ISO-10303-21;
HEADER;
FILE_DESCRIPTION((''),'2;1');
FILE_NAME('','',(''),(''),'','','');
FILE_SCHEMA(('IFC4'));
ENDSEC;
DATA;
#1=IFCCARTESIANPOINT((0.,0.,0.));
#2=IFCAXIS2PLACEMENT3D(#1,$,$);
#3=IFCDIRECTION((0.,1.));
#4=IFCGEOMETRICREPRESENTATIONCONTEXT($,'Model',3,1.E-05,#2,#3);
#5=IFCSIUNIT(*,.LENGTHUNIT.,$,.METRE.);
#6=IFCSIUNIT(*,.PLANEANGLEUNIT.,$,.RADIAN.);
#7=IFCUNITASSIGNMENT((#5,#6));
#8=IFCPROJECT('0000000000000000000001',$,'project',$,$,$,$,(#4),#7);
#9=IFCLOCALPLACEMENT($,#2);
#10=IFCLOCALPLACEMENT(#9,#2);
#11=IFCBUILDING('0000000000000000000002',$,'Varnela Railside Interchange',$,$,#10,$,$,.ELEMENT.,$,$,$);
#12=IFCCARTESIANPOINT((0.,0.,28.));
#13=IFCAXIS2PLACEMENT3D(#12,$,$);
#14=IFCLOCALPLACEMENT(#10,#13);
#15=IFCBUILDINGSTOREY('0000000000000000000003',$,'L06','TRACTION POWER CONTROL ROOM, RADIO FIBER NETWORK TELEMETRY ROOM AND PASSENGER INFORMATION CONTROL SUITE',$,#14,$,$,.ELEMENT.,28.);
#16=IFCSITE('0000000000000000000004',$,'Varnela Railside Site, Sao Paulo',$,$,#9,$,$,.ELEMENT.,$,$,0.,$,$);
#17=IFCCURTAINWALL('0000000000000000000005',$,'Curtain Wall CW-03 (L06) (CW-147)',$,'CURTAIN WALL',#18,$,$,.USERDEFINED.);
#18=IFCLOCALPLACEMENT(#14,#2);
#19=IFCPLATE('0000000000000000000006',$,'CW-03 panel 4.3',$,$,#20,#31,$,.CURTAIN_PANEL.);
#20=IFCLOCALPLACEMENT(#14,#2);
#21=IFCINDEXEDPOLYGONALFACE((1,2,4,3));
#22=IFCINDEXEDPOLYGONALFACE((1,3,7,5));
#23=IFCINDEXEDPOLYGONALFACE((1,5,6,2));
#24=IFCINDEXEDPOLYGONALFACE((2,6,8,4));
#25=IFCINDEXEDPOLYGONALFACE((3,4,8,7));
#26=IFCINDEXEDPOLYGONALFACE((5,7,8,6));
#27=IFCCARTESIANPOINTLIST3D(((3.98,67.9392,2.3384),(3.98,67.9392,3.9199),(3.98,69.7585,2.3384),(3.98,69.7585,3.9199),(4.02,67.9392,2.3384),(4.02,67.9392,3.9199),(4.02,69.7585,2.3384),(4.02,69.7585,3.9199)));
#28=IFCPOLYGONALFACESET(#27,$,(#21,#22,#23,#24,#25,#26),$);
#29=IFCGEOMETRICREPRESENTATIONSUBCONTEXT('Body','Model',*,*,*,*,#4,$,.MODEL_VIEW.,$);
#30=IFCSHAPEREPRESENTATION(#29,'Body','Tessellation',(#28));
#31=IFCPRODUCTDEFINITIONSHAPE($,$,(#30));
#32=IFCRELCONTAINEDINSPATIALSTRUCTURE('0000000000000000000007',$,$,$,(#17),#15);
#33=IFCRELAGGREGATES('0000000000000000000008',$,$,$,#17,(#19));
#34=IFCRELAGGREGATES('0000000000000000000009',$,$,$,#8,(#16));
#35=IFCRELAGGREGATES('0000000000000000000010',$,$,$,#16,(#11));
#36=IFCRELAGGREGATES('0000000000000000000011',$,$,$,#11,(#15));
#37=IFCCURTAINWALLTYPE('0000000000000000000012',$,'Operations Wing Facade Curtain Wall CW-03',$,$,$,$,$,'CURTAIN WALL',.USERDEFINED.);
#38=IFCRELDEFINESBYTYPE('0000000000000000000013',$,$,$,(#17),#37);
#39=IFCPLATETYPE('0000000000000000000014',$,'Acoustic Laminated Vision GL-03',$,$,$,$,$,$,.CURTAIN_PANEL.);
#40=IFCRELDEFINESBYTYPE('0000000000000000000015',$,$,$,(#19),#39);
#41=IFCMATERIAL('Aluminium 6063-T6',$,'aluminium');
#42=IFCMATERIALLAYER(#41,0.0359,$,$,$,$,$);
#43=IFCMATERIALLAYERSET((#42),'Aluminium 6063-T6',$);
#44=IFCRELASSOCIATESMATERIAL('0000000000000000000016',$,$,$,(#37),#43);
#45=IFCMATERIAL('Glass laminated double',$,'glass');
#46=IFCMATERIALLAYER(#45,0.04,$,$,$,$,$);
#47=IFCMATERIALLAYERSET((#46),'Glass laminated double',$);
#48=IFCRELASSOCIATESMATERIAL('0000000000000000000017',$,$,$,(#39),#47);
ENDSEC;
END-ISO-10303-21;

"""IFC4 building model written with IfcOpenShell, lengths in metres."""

from ifc_helpers import new_model, si_unit, direction, frame, origin, origin_2d, place, context, subcontext, project, spatial, rectangle, extrude, material, layer, layer_set, type_object, element, aggregate, save


model = new_model("IFC4")

# Units and contexts
model_context = context("Model", 3, precision=1e-05, world=origin(), true_north=direction((0.0, 1.0)))
body_context = subcontext(model_context, "Body", "Model", "MODEL_VIEW")
ifc_project = project(units=[si_unit("LENGTHUNIT", "METRE"), si_unit("PLANEANGLEUNIT", "RADIAN")], contexts=[model_context])

# Site, building, storey
site_placement = place(None, origin())
site = spatial("IfcSite", under=ifc_project, at=site_placement, Name="Varnela Railside Site, Sao Paulo", CompositionType="ELEMENT", RefElevation=0.0)
building_placement = place(site_placement, origin())
building = spatial("IfcBuilding", under=site, at=building_placement, Name="Varnela Railside Interchange", CompositionType="ELEMENT")
storey_placement = place(building_placement, frame((0.0, 0.0, 28.0)))
storey = spatial("IfcBuildingStorey", under=building, at=storey_placement, Name="L06", Description="TRACTION POWER CONTROL ROOM, RADIO FIBER NETWORK TELEMETRY ROOM AND PASSENGER INFORMATION CONTROL SUITE", CompositionType="ELEMENT", Elevation=28.0)

# Curtain wall
ifc_material_1 = material(Name="Aluminium 6063-T6", Category="aluminium")
ifc_layer_1 = layer(ifc_material_1, 0.0359)
ifc_layer_set_1 = layer_set([ifc_layer_1], Name="Aluminium 6063-T6")
curtain_wall_type = type_object("IfcCurtainWallType", Name="Operations Wing Facade Curtain Wall CW-03", ElementType="CURTAIN WALL", PredefinedType="USERDEFINED", material=ifc_layer_set_1)
curtain_wall_placement = place(storey_placement, origin())
curtain_wall = element("IfcCurtainWall", 1, at=curtain_wall_placement, inside=storey, type_object=curtain_wall_type, Name="Curtain Wall CW-03 (L06) (CW-147)", ObjectType="CURTAIN WALL", PredefinedType="USERDEFINED")

# Plate
ifc_material_2 = material(Name="Glass laminated double", Category="glass")
ifc_layer_2 = layer(ifc_material_2, 0.04)
ifc_layer_set_2 = layer_set([ifc_layer_2], Name="Glass laminated double")
plate_type = type_object("IfcPlateType", Name="Acoustic Laminated Vision GL-03", PredefinedType="CURTAIN_PANEL", material=ifc_layer_set_2)
plate_1_placement = place(storey_placement, frame((4.0, 68.8489, 2.3384), z_axis=(0.0, 0.0, 1.0), x_axis=(0.0, 1.0, 0.0)))
plate_1 = element("IfcPlate", 2, at=plate_1_placement, type_object=plate_type, Name="CW-03 panel 4.3", PredefinedType="CURTAIN_PANEL", context=body_context, shape_type="SweptSolid", body=[
    extrude(rectangle(XDim=1.8193, YDim=0.04, at=origin_2d()), origin(), (0.0, 0.0, 1.0), 1.5815),
])
aggregate(curtain_wall, [plate_1])

save(model, "model.ifc")
